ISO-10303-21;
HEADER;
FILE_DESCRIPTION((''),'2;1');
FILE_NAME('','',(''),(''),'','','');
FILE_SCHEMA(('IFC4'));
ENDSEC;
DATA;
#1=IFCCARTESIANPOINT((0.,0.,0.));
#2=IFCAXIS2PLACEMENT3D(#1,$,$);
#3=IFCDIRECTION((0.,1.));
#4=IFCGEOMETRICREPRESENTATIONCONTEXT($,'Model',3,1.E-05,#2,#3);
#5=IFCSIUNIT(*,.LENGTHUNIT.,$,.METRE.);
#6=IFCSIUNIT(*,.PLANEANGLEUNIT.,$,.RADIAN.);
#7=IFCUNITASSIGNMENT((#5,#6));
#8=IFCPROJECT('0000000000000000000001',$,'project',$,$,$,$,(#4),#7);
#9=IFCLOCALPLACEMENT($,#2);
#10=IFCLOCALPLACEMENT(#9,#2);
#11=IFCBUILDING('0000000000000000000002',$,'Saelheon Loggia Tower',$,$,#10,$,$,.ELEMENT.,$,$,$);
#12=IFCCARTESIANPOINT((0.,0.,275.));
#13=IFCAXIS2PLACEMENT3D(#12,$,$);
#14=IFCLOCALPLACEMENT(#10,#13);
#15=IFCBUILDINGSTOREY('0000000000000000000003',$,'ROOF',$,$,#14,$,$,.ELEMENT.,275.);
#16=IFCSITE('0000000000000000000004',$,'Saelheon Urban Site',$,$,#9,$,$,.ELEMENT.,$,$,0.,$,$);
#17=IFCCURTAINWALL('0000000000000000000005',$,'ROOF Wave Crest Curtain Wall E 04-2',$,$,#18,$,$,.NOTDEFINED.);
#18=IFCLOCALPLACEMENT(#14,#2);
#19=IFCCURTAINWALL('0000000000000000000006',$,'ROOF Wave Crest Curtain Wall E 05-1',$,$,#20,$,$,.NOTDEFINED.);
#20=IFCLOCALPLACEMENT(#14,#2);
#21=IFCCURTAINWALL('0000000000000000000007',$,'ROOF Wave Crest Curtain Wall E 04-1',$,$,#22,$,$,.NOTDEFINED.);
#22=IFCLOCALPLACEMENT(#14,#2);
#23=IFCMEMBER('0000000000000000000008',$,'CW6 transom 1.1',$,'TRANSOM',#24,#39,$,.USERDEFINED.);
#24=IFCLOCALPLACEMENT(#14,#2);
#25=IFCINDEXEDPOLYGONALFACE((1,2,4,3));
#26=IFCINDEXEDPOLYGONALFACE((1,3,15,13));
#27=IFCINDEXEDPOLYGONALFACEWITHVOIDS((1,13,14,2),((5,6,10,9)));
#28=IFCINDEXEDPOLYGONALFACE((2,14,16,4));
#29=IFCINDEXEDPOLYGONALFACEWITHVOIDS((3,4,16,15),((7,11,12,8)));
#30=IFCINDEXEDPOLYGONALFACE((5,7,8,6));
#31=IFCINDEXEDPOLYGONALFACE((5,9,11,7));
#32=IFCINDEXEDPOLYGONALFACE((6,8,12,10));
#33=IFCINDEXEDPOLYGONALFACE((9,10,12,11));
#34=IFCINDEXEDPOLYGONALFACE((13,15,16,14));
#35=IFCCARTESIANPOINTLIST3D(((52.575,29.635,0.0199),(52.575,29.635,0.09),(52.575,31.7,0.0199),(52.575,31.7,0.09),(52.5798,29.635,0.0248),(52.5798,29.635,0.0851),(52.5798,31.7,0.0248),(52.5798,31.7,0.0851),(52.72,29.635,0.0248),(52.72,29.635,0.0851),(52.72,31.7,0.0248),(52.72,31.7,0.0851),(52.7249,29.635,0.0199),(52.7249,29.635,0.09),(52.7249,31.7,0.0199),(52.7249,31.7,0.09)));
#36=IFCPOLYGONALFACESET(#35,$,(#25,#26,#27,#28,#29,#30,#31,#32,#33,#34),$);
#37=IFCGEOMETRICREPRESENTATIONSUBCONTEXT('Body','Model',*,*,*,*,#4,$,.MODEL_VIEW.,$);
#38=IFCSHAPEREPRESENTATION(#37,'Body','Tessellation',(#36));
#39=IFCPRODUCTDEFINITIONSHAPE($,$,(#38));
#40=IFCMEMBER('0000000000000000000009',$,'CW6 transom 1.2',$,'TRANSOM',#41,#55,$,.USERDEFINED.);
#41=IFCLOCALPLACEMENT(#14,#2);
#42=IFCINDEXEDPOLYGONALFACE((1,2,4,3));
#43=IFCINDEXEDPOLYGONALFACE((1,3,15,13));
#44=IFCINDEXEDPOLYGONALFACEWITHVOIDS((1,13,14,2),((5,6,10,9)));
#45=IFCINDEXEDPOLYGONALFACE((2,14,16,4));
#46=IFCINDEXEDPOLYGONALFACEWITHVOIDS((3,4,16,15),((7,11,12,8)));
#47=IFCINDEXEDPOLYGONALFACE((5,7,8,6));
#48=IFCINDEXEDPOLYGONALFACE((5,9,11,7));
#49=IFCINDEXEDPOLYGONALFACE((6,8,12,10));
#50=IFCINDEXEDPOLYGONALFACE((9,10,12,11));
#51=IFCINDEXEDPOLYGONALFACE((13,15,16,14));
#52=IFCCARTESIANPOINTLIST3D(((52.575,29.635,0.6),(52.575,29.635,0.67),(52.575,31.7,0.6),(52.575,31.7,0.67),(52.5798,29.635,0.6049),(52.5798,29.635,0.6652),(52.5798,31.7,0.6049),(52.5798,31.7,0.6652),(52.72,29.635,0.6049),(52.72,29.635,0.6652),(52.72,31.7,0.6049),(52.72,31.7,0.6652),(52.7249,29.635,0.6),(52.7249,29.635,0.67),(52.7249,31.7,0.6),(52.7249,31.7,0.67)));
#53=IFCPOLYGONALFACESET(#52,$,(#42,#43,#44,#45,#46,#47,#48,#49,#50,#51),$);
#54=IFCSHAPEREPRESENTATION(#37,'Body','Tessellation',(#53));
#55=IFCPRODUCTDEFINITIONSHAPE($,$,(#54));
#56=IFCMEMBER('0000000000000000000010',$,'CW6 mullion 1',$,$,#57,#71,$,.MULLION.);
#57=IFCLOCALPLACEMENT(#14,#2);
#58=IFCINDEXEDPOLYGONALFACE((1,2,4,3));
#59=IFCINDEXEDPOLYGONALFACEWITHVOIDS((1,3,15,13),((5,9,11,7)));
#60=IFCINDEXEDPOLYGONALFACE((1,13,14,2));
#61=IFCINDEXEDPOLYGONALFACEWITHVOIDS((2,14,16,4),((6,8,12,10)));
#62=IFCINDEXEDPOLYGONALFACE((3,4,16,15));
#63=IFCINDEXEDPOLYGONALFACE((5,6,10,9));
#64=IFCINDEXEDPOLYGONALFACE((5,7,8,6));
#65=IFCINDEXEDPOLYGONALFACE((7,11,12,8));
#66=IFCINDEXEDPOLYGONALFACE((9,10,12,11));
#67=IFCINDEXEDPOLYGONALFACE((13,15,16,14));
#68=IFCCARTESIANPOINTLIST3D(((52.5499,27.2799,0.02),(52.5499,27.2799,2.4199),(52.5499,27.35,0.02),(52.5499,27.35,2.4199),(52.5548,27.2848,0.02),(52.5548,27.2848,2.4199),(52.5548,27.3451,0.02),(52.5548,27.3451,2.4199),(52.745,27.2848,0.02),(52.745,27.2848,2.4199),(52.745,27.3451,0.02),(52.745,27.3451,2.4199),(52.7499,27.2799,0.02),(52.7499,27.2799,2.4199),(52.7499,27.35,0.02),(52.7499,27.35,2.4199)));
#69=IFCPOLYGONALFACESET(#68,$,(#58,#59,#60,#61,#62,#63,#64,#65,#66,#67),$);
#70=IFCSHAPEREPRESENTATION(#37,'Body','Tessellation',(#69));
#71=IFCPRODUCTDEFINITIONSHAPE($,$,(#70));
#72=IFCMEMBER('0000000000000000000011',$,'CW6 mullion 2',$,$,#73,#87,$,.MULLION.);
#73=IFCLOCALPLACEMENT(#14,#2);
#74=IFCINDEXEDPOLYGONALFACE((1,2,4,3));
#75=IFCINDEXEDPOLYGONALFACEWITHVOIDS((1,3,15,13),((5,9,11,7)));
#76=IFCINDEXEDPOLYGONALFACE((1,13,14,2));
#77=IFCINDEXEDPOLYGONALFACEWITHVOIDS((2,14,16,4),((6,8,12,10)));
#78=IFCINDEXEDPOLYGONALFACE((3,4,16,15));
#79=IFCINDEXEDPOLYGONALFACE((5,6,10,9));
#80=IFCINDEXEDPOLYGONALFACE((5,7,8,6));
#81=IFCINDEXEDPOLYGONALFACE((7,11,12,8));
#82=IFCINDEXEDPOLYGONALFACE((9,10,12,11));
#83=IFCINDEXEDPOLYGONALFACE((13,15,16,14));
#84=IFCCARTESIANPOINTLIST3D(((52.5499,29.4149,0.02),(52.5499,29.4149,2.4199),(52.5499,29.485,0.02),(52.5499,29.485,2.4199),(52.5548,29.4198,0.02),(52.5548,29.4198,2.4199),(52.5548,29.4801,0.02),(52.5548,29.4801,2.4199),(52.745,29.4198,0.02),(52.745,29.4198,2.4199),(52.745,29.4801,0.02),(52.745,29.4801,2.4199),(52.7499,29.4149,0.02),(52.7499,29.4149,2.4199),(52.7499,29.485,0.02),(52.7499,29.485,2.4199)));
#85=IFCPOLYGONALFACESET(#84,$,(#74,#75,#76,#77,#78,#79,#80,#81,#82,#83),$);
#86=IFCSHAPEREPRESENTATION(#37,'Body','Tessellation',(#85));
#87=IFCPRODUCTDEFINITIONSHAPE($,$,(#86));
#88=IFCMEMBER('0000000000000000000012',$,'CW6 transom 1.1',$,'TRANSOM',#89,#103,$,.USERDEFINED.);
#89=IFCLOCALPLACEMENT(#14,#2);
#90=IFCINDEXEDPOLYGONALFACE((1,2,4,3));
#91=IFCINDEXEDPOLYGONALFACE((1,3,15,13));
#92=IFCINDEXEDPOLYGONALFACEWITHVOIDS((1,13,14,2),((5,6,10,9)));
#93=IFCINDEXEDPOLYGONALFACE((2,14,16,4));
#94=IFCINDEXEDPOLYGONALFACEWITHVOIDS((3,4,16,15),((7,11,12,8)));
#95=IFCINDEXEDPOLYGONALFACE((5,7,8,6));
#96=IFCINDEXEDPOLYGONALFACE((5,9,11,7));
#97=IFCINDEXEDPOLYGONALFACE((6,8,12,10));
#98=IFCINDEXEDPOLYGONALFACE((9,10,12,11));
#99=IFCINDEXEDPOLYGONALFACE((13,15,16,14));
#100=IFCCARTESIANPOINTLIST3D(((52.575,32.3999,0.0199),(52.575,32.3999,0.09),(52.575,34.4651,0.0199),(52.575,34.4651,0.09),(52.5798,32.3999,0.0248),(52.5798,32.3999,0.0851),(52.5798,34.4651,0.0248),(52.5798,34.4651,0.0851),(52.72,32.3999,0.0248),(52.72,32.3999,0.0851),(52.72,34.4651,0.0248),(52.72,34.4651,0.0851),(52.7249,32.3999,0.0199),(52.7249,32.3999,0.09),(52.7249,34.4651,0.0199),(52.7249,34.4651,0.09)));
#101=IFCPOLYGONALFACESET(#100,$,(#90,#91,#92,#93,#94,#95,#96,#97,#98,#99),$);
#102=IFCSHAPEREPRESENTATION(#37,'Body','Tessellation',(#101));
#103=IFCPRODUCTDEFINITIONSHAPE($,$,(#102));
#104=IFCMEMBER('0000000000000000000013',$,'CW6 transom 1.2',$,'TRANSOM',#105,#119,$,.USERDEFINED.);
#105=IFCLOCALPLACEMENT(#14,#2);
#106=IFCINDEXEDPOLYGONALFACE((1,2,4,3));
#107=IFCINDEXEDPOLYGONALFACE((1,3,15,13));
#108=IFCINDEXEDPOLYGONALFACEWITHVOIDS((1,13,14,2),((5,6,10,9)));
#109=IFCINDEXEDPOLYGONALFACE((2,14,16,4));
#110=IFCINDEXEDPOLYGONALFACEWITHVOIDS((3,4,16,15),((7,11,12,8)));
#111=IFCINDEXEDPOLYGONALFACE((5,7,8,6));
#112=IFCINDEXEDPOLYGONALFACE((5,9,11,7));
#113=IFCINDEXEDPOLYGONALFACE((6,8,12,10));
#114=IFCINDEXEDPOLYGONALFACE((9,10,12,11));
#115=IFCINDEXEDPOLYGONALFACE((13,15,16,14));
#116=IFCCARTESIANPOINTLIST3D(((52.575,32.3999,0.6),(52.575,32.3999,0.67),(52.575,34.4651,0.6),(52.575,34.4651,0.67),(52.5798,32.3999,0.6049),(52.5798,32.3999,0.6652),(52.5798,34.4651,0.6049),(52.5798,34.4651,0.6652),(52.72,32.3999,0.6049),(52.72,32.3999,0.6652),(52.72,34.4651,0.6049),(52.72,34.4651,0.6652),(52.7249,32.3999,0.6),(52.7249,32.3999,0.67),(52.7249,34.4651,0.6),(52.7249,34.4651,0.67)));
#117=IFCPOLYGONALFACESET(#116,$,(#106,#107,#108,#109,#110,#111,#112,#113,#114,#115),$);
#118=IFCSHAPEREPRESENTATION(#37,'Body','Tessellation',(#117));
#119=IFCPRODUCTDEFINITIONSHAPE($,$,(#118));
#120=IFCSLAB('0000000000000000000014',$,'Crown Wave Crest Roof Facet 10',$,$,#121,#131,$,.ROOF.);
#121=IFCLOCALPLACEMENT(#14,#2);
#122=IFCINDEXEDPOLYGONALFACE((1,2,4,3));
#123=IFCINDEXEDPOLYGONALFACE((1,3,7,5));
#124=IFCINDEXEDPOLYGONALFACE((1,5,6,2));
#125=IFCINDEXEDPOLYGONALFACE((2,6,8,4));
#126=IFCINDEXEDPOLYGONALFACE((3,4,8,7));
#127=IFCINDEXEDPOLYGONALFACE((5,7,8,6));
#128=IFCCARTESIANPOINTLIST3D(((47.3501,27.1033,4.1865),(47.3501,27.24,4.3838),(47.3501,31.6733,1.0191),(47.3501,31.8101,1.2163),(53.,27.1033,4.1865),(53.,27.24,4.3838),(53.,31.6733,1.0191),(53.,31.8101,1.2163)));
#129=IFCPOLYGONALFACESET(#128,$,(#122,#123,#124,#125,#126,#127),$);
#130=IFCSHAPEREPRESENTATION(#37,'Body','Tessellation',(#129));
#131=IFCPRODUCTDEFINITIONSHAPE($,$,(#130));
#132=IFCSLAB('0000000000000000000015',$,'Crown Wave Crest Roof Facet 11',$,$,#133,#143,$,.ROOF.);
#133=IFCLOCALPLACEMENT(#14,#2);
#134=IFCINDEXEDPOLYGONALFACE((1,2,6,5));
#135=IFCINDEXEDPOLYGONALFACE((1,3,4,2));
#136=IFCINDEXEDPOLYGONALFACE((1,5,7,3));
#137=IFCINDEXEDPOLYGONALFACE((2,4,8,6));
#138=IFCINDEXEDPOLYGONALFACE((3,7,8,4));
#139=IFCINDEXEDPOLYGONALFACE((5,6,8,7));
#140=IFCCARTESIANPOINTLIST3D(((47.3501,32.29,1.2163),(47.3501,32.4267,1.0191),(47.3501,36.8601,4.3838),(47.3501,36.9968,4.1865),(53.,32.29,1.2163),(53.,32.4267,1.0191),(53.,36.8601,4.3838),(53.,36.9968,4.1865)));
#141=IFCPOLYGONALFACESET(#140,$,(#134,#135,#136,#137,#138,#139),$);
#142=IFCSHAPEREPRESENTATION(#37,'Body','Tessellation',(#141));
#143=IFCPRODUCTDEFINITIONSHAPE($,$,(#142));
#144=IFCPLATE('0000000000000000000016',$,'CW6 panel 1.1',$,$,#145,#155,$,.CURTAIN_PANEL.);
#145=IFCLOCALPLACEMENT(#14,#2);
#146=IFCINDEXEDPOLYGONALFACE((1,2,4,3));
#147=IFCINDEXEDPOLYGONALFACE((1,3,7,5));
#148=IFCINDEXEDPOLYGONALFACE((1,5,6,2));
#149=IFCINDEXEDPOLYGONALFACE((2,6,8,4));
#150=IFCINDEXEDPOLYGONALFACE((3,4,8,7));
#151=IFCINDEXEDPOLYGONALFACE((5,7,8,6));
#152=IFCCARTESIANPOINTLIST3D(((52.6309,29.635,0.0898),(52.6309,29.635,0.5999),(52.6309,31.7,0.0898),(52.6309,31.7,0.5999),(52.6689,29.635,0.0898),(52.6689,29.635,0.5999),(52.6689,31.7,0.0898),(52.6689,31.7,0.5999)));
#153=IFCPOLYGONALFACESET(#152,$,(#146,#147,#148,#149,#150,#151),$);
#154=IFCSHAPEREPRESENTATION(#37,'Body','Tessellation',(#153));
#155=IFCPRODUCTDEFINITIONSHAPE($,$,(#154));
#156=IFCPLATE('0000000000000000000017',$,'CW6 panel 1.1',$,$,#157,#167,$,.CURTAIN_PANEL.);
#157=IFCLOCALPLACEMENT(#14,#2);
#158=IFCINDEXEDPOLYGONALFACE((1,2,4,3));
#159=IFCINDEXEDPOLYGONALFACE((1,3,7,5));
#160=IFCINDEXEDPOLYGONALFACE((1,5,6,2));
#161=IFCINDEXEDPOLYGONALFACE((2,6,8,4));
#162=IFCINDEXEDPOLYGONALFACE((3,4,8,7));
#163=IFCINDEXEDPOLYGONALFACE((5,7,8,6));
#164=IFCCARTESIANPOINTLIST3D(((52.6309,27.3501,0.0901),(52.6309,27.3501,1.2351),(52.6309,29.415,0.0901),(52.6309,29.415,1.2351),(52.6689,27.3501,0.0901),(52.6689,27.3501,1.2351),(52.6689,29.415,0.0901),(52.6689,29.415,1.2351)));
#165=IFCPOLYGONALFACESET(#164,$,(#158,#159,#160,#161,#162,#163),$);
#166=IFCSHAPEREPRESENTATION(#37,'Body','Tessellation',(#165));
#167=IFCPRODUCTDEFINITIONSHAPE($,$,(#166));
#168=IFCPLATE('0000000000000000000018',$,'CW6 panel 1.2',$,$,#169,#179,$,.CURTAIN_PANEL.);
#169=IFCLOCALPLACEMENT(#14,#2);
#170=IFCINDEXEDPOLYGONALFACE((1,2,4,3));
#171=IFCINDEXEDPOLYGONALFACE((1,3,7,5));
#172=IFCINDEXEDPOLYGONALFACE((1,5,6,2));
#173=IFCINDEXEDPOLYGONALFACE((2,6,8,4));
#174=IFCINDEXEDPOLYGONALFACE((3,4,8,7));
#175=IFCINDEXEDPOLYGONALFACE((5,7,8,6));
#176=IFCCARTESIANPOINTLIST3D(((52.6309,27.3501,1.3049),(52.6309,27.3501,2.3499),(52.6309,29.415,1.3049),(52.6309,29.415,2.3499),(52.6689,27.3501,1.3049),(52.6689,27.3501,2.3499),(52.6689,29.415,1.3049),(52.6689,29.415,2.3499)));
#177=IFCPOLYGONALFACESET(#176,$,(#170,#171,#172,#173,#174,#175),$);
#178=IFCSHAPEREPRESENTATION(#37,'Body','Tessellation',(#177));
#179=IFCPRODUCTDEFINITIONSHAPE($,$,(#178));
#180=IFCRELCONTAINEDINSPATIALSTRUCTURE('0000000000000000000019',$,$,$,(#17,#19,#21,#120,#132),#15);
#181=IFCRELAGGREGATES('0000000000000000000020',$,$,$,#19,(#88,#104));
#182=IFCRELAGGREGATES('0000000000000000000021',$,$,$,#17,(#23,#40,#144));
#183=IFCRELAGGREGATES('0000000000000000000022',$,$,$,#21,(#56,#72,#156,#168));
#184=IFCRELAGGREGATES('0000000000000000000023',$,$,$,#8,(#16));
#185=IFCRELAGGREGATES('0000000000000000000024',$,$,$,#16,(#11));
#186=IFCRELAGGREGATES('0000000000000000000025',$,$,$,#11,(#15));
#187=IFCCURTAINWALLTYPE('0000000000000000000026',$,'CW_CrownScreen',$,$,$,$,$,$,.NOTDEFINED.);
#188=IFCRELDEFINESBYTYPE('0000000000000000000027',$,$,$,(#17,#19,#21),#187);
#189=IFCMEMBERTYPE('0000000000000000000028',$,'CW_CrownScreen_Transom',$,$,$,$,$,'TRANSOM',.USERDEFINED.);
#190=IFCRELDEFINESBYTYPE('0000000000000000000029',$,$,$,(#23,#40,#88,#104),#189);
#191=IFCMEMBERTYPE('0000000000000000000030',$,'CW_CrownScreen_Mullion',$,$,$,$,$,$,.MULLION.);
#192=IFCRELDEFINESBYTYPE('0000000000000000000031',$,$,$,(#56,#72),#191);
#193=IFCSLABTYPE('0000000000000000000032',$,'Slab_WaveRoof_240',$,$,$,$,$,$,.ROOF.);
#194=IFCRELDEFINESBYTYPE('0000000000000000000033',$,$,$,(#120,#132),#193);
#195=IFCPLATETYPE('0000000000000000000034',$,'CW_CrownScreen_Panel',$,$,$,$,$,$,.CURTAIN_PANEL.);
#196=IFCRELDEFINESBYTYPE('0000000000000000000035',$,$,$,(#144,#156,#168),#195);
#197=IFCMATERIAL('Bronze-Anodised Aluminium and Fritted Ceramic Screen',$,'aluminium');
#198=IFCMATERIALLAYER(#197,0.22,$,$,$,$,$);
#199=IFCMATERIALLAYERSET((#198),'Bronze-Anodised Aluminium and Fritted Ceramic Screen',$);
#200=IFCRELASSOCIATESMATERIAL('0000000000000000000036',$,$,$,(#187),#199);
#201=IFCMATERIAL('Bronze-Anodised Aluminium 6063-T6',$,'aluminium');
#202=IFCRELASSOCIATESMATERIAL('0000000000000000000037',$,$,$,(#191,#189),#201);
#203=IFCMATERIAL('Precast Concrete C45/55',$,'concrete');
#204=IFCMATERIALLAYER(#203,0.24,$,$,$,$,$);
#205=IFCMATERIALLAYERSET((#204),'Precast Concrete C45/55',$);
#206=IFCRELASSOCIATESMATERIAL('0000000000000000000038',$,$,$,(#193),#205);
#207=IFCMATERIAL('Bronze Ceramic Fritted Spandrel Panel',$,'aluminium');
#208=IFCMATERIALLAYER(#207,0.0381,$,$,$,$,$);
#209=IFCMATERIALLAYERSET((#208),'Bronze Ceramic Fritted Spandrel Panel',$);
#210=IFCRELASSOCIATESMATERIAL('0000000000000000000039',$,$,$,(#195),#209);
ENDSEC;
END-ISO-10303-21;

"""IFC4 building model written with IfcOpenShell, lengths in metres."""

from ifc_helpers import new_model, si_unit, direction, frame, origin, origin_2d, place, context, subcontext, project, spatial, polyline, rectangle, hollow_rectangle, outline, extrude, source, transform, mapped, material, layer, layer_set, material_profile, profile_set, type_object, element, aggregate, save


model = new_model("IFC4")

# Units and contexts
model_context = context("Model", 3, precision=1e-05, world=origin(), true_north=direction((0.0, 1.0)))
body_context = subcontext(model_context, "Body", "Model", "MODEL_VIEW")
ifc_project = project(units=[si_unit("LENGTHUNIT", "METRE"), si_unit("PLANEANGLEUNIT", "RADIAN")], contexts=[model_context])

# Site, building, storey
site_placement = place(None, origin())
site = spatial("IfcSite", under=ifc_project, at=site_placement, Name="Saelheon Urban Site", CompositionType="ELEMENT", RefElevation=0.0)
building_placement = place(site_placement, origin())
building = spatial("IfcBuilding", under=site, at=building_placement, Name="Saelheon Loggia Tower", CompositionType="ELEMENT")
storey_placement = place(building_placement, frame((0.0, 0.0, 275.0)))
storey = spatial("IfcBuildingStorey", under=building, at=storey_placement, Name="ROOF", CompositionType="ELEMENT", Elevation=275.0)

# Curtain wall
ifc_material_1 = material(Name="Bronze-Anodised Aluminium and Fritted Ceramic Screen", Category="aluminium")
ifc_layer_1 = layer(ifc_material_1, 0.22)
ifc_layer_set_1 = layer_set([ifc_layer_1], Name="Bronze-Anodised Aluminium and Fritted Ceramic Screen")
curtain_wall_type = type_object("IfcCurtainWallType", Name="CW_CrownScreen", PredefinedType="NOTDEFINED", material=ifc_layer_set_1)
curtain_wall_1_placement = place(storey_placement, origin())
curtain_wall_1 = element("IfcCurtainWall", 1, at=curtain_wall_1_placement, inside=storey, type_object=curtain_wall_type, Name="ROOF Wave Crest Curtain Wall E 04-2", PredefinedType="NOTDEFINED")
ifc_material_2 = material(Name="Bronze-Anodised Aluminium 6063-T6", Category="aluminium")
ifc_material_profile_1 = material_profile(ifc_material_2, hollow_rectangle(XDim=0.0701, YDim=0.2, WallThickness=0.0049, at=origin_2d()), Name="RHS-200x70x5")
ifc_profile_set_1 = profile_set([ifc_material_profile_1], Name="Bronze-Anodised Aluminium 6063-T6")
member_type_1 = type_object("IfcMemberType", Name="CW_CrownScreen_Mullion", PredefinedType="MULLION", material=ifc_profile_set_1)

# Curtain wall
curtain_wall_2_placement = place(storey_placement, origin())
curtain_wall_2 = element("IfcCurtainWall", 2, at=curtain_wall_2_placement, inside=storey, type_object=curtain_wall_type, Name="ROOF Wave Crest Curtain Wall E 05-1", PredefinedType="NOTDEFINED")

# Curtain wall
curtain_wall_3_placement = place(storey_placement, origin())
curtain_wall_3 = element("IfcCurtainWall", 3, at=curtain_wall_3_placement, inside=storey, type_object=curtain_wall_type, Name="ROOF Wave Crest Curtain Wall E 04-1", PredefinedType="NOTDEFINED")
ifc_material_profile_2 = material_profile(ifc_material_2, hollow_rectangle(XDim=0.0701, YDim=0.1499, WallThickness=0.0049, at=origin_2d()), Name="RHS-150x70x5")
ifc_profile_set_2 = profile_set([ifc_material_profile_2], Name="Bronze-Anodised Aluminium 6063-T6")
member_type_2 = type_object("IfcMemberType", Name="CW_CrownScreen_Transom", ElementType="TRANSOM", PredefinedType="USERDEFINED", material=ifc_profile_set_2)
shared_shape_1 = source(origin(), body_context, "Body", "SweptSolid", [
    extrude(hollow_rectangle(XDim=0.0701, YDim=0.1499, WallThickness=0.0049, at=origin_2d()), origin(), (0.0, 0.0, 1.0), 2.0649),
])

# Members
member_1_placement = place(storey_placement, frame((52.6499, 29.635, 0.0549), z_axis=(0.0, 1.0, 0.0), x_axis=(0.0, 0.0, 1.0)))
member_1 = element("IfcMember", 4, at=member_1_placement, type_object=member_type_2, Name="CW6 transom 1.1", ObjectType="TRANSOM", PredefinedType="USERDEFINED", context=body_context, shape_type="MappedRepresentation", body=[
    mapped(shared_shape_1, transform((0.0, 0.0, 0.0), scale=1.0)),
])
member_2_placement = place(storey_placement, frame((52.6499, 29.635, 0.635), z_axis=(0.0, 1.0, 0.0), x_axis=(0.0, 0.0, 1.0)))
member_2 = element("IfcMember", 5, at=member_2_placement, type_object=member_type_2, Name="CW6 transom 1.2", ObjectType="TRANSOM", PredefinedType="USERDEFINED", context=body_context, shape_type="MappedRepresentation", body=[
    mapped(shared_shape_1, transform((0.0, 0.0, 0.0), scale=1.0)),
])
shared_shape_2 = source(origin(), body_context, "Body", "SweptSolid", [
    extrude(hollow_rectangle(XDim=0.0701, YDim=0.2, WallThickness=0.0049, at=origin_2d()), origin(), (0.0, 0.0, 1.0), 2.3999),
])
member_3_placement = place(storey_placement, frame((52.6499, 27.3149, 0.02), z_axis=(0.0, 0.0, 1.0), x_axis=(0.0, 1.0, 0.0)))
member_3 = element("IfcMember", 6, at=member_3_placement, type_object=member_type_1, Name="CW6 mullion 1", PredefinedType="MULLION", context=body_context, shape_type="MappedRepresentation", body=[
    mapped(shared_shape_2, transform((0.0, 0.0, 0.0), scale=1.0)),
])
member_4_placement = place(storey_placement, frame((52.6499, 29.45, 0.02), z_axis=(0.0, 0.0, 1.0), x_axis=(0.0, 1.0, 0.0)))
member_4 = element("IfcMember", 7, at=member_4_placement, type_object=member_type_1, Name="CW6 mullion 2", PredefinedType="MULLION", context=body_context, shape_type="MappedRepresentation", body=[
    mapped(shared_shape_2, transform((0.0, 0.0, 0.0), scale=1.0)),
])
shared_shape_3 = source(origin(), body_context, "Body", "SweptSolid", [
    extrude(hollow_rectangle(XDim=0.0701, YDim=0.1499, WallThickness=0.0049, at=origin_2d()), origin(), (0.0, 0.0, 1.0), 2.0652),
])
member_5_placement = place(storey_placement, frame((52.6499, 32.3999, 0.0549), z_axis=(0.0, 1.0, 0.0), x_axis=(0.0, 0.0, 1.0)))
member_5 = element("IfcMember", 8, at=member_5_placement, type_object=member_type_2, Name="CW6 transom 1.1", ObjectType="TRANSOM", PredefinedType="USERDEFINED", context=body_context, shape_type="MappedRepresentation", body=[
    mapped(shared_shape_3, transform((0.0, 0.0, 0.0), scale=1.0)),
])
member_6_placement = place(storey_placement, frame((52.6499, 32.3999, 0.635), z_axis=(0.0, 1.0, 0.0), x_axis=(0.0, 0.0, 1.0)))
member_6 = element("IfcMember", 9, at=member_6_placement, type_object=member_type_2, Name="CW6 transom 1.2", ObjectType="TRANSOM", PredefinedType="USERDEFINED", context=body_context, shape_type="MappedRepresentation", body=[
    mapped(shared_shape_3, transform((0.0, 0.0, 0.0), scale=1.0)),
])
aggregate(curtain_wall_2, [member_5, member_6])

# Slabs
ifc_material_3 = material(Name="Precast Concrete C45/55", Category="concrete")
ifc_layer_2 = layer(ifc_material_3, 0.24)
ifc_layer_set_2 = layer_set([ifc_layer_2], Name="Precast Concrete C45/55")
slab_type = type_object("IfcSlabType", Name="Slab_WaveRoof_240", PredefinedType="ROOF", material=ifc_layer_set_2)
for number, where, z_axis, x_axis, name in (
    (10, (47.3501, 27.24, 4.3838), (0.0, 0.569646, 0.82189), (1.0, 0.0, 0.0), "Crown Wave Crest Roof Facet 10"),
    (11, (47.3501, 32.29, 1.2163), (0.0, -0.569646, 0.82189), (1.0, 0.0, 0.0), "Crown Wave Crest Roof Facet 11"),
):
    element("IfcSlab", number, at=place(storey_placement, frame(where, z_axis=z_axis, x_axis=x_axis)), inside=storey, type_object=slab_type, Name=name, PredefinedType="ROOF", context=body_context, shape_type="SweptSolid", body=[
        extrude(outline(polyline([(0.0, 0.0), (5.6499, 0.0), (5.6499, 5.5604), (0.0, 5.5604), (0.0, 0.0)])), origin(), (0.0, 0.0, -1.0), 0.24),
    ])

# Plates
ifc_material_4 = material(Name="Bronze Ceramic Fritted Spandrel Panel", Category="aluminium")
ifc_layer_3 = layer(ifc_material_4, 0.0381)
ifc_layer_set_3 = layer_set([ifc_layer_3], Name="Bronze Ceramic Fritted Spandrel Panel")
plate_type = type_object("IfcPlateType", Name="CW_CrownScreen_Panel", PredefinedType="CURTAIN_PANEL", material=ifc_layer_set_3)
shared_shape_4 = source(origin(), body_context, "Body", "SweptSolid", [
    extrude(rectangle(XDim=2.0649, YDim=0.0381, at=origin_2d()), origin(), (0.0, 0.0, 1.0), 0.51),
])
plate_1_placement = place(storey_placement, frame((52.6499, 30.6675, 0.0898), z_axis=(0.0, 0.0, 1.0), x_axis=(0.0, 1.0, 0.0)))
plate_1 = element("IfcPlate", 12, at=plate_1_placement, type_object=plate_type, Name="CW6 panel 1.1", PredefinedType="CURTAIN_PANEL", context=body_context, shape_type="MappedRepresentation", body=[
    mapped(shared_shape_4, transform((0.0, 0.0, 0.0), scale=1.0)),
])
aggregate(curtain_wall_1, [member_1, member_2, plate_1])
shared_shape_5 = source(origin(), body_context, "Body", "SweptSolid", [
    extrude(rectangle(XDim=2.0649, YDim=0.0381, at=origin_2d()), origin(), (0.0, 0.0, 1.0), 1.145),
])
plate_2_placement = place(storey_placement, frame((52.6499, 28.3826, 0.0901), z_axis=(0.0, 0.0, 1.0), x_axis=(0.0, 1.0, 0.0)))
plate_2 = element("IfcPlate", 13, at=plate_2_placement, type_object=plate_type, Name="CW6 panel 1.1", PredefinedType="CURTAIN_PANEL", context=body_context, shape_type="MappedRepresentation", body=[
    mapped(shared_shape_5, transform((0.0, 0.0, 0.0), scale=1.0)),
])
shared_shape_6 = source(origin(), body_context, "Body", "SweptSolid", [
    extrude(rectangle(XDim=2.0649, YDim=0.0381, at=origin_2d()), origin(), (0.0, 0.0, 1.0), 1.0449),
])
plate_3_placement = place(storey_placement, frame((52.6499, 28.3826, 1.3049), z_axis=(0.0, 0.0, 1.0), x_axis=(0.0, 1.0, 0.0)))
plate_3 = element("IfcPlate", 14, at=plate_3_placement, type_object=plate_type, Name="CW6 panel 1.2", PredefinedType="CURTAIN_PANEL", context=body_context, shape_type="MappedRepresentation", body=[
    mapped(shared_shape_6, transform((0.0, 0.0, 0.0), scale=1.0)),
])
aggregate(curtain_wall_3, [member_3, member_4, plate_2, plate_3])

save(model, "model.ifc")
